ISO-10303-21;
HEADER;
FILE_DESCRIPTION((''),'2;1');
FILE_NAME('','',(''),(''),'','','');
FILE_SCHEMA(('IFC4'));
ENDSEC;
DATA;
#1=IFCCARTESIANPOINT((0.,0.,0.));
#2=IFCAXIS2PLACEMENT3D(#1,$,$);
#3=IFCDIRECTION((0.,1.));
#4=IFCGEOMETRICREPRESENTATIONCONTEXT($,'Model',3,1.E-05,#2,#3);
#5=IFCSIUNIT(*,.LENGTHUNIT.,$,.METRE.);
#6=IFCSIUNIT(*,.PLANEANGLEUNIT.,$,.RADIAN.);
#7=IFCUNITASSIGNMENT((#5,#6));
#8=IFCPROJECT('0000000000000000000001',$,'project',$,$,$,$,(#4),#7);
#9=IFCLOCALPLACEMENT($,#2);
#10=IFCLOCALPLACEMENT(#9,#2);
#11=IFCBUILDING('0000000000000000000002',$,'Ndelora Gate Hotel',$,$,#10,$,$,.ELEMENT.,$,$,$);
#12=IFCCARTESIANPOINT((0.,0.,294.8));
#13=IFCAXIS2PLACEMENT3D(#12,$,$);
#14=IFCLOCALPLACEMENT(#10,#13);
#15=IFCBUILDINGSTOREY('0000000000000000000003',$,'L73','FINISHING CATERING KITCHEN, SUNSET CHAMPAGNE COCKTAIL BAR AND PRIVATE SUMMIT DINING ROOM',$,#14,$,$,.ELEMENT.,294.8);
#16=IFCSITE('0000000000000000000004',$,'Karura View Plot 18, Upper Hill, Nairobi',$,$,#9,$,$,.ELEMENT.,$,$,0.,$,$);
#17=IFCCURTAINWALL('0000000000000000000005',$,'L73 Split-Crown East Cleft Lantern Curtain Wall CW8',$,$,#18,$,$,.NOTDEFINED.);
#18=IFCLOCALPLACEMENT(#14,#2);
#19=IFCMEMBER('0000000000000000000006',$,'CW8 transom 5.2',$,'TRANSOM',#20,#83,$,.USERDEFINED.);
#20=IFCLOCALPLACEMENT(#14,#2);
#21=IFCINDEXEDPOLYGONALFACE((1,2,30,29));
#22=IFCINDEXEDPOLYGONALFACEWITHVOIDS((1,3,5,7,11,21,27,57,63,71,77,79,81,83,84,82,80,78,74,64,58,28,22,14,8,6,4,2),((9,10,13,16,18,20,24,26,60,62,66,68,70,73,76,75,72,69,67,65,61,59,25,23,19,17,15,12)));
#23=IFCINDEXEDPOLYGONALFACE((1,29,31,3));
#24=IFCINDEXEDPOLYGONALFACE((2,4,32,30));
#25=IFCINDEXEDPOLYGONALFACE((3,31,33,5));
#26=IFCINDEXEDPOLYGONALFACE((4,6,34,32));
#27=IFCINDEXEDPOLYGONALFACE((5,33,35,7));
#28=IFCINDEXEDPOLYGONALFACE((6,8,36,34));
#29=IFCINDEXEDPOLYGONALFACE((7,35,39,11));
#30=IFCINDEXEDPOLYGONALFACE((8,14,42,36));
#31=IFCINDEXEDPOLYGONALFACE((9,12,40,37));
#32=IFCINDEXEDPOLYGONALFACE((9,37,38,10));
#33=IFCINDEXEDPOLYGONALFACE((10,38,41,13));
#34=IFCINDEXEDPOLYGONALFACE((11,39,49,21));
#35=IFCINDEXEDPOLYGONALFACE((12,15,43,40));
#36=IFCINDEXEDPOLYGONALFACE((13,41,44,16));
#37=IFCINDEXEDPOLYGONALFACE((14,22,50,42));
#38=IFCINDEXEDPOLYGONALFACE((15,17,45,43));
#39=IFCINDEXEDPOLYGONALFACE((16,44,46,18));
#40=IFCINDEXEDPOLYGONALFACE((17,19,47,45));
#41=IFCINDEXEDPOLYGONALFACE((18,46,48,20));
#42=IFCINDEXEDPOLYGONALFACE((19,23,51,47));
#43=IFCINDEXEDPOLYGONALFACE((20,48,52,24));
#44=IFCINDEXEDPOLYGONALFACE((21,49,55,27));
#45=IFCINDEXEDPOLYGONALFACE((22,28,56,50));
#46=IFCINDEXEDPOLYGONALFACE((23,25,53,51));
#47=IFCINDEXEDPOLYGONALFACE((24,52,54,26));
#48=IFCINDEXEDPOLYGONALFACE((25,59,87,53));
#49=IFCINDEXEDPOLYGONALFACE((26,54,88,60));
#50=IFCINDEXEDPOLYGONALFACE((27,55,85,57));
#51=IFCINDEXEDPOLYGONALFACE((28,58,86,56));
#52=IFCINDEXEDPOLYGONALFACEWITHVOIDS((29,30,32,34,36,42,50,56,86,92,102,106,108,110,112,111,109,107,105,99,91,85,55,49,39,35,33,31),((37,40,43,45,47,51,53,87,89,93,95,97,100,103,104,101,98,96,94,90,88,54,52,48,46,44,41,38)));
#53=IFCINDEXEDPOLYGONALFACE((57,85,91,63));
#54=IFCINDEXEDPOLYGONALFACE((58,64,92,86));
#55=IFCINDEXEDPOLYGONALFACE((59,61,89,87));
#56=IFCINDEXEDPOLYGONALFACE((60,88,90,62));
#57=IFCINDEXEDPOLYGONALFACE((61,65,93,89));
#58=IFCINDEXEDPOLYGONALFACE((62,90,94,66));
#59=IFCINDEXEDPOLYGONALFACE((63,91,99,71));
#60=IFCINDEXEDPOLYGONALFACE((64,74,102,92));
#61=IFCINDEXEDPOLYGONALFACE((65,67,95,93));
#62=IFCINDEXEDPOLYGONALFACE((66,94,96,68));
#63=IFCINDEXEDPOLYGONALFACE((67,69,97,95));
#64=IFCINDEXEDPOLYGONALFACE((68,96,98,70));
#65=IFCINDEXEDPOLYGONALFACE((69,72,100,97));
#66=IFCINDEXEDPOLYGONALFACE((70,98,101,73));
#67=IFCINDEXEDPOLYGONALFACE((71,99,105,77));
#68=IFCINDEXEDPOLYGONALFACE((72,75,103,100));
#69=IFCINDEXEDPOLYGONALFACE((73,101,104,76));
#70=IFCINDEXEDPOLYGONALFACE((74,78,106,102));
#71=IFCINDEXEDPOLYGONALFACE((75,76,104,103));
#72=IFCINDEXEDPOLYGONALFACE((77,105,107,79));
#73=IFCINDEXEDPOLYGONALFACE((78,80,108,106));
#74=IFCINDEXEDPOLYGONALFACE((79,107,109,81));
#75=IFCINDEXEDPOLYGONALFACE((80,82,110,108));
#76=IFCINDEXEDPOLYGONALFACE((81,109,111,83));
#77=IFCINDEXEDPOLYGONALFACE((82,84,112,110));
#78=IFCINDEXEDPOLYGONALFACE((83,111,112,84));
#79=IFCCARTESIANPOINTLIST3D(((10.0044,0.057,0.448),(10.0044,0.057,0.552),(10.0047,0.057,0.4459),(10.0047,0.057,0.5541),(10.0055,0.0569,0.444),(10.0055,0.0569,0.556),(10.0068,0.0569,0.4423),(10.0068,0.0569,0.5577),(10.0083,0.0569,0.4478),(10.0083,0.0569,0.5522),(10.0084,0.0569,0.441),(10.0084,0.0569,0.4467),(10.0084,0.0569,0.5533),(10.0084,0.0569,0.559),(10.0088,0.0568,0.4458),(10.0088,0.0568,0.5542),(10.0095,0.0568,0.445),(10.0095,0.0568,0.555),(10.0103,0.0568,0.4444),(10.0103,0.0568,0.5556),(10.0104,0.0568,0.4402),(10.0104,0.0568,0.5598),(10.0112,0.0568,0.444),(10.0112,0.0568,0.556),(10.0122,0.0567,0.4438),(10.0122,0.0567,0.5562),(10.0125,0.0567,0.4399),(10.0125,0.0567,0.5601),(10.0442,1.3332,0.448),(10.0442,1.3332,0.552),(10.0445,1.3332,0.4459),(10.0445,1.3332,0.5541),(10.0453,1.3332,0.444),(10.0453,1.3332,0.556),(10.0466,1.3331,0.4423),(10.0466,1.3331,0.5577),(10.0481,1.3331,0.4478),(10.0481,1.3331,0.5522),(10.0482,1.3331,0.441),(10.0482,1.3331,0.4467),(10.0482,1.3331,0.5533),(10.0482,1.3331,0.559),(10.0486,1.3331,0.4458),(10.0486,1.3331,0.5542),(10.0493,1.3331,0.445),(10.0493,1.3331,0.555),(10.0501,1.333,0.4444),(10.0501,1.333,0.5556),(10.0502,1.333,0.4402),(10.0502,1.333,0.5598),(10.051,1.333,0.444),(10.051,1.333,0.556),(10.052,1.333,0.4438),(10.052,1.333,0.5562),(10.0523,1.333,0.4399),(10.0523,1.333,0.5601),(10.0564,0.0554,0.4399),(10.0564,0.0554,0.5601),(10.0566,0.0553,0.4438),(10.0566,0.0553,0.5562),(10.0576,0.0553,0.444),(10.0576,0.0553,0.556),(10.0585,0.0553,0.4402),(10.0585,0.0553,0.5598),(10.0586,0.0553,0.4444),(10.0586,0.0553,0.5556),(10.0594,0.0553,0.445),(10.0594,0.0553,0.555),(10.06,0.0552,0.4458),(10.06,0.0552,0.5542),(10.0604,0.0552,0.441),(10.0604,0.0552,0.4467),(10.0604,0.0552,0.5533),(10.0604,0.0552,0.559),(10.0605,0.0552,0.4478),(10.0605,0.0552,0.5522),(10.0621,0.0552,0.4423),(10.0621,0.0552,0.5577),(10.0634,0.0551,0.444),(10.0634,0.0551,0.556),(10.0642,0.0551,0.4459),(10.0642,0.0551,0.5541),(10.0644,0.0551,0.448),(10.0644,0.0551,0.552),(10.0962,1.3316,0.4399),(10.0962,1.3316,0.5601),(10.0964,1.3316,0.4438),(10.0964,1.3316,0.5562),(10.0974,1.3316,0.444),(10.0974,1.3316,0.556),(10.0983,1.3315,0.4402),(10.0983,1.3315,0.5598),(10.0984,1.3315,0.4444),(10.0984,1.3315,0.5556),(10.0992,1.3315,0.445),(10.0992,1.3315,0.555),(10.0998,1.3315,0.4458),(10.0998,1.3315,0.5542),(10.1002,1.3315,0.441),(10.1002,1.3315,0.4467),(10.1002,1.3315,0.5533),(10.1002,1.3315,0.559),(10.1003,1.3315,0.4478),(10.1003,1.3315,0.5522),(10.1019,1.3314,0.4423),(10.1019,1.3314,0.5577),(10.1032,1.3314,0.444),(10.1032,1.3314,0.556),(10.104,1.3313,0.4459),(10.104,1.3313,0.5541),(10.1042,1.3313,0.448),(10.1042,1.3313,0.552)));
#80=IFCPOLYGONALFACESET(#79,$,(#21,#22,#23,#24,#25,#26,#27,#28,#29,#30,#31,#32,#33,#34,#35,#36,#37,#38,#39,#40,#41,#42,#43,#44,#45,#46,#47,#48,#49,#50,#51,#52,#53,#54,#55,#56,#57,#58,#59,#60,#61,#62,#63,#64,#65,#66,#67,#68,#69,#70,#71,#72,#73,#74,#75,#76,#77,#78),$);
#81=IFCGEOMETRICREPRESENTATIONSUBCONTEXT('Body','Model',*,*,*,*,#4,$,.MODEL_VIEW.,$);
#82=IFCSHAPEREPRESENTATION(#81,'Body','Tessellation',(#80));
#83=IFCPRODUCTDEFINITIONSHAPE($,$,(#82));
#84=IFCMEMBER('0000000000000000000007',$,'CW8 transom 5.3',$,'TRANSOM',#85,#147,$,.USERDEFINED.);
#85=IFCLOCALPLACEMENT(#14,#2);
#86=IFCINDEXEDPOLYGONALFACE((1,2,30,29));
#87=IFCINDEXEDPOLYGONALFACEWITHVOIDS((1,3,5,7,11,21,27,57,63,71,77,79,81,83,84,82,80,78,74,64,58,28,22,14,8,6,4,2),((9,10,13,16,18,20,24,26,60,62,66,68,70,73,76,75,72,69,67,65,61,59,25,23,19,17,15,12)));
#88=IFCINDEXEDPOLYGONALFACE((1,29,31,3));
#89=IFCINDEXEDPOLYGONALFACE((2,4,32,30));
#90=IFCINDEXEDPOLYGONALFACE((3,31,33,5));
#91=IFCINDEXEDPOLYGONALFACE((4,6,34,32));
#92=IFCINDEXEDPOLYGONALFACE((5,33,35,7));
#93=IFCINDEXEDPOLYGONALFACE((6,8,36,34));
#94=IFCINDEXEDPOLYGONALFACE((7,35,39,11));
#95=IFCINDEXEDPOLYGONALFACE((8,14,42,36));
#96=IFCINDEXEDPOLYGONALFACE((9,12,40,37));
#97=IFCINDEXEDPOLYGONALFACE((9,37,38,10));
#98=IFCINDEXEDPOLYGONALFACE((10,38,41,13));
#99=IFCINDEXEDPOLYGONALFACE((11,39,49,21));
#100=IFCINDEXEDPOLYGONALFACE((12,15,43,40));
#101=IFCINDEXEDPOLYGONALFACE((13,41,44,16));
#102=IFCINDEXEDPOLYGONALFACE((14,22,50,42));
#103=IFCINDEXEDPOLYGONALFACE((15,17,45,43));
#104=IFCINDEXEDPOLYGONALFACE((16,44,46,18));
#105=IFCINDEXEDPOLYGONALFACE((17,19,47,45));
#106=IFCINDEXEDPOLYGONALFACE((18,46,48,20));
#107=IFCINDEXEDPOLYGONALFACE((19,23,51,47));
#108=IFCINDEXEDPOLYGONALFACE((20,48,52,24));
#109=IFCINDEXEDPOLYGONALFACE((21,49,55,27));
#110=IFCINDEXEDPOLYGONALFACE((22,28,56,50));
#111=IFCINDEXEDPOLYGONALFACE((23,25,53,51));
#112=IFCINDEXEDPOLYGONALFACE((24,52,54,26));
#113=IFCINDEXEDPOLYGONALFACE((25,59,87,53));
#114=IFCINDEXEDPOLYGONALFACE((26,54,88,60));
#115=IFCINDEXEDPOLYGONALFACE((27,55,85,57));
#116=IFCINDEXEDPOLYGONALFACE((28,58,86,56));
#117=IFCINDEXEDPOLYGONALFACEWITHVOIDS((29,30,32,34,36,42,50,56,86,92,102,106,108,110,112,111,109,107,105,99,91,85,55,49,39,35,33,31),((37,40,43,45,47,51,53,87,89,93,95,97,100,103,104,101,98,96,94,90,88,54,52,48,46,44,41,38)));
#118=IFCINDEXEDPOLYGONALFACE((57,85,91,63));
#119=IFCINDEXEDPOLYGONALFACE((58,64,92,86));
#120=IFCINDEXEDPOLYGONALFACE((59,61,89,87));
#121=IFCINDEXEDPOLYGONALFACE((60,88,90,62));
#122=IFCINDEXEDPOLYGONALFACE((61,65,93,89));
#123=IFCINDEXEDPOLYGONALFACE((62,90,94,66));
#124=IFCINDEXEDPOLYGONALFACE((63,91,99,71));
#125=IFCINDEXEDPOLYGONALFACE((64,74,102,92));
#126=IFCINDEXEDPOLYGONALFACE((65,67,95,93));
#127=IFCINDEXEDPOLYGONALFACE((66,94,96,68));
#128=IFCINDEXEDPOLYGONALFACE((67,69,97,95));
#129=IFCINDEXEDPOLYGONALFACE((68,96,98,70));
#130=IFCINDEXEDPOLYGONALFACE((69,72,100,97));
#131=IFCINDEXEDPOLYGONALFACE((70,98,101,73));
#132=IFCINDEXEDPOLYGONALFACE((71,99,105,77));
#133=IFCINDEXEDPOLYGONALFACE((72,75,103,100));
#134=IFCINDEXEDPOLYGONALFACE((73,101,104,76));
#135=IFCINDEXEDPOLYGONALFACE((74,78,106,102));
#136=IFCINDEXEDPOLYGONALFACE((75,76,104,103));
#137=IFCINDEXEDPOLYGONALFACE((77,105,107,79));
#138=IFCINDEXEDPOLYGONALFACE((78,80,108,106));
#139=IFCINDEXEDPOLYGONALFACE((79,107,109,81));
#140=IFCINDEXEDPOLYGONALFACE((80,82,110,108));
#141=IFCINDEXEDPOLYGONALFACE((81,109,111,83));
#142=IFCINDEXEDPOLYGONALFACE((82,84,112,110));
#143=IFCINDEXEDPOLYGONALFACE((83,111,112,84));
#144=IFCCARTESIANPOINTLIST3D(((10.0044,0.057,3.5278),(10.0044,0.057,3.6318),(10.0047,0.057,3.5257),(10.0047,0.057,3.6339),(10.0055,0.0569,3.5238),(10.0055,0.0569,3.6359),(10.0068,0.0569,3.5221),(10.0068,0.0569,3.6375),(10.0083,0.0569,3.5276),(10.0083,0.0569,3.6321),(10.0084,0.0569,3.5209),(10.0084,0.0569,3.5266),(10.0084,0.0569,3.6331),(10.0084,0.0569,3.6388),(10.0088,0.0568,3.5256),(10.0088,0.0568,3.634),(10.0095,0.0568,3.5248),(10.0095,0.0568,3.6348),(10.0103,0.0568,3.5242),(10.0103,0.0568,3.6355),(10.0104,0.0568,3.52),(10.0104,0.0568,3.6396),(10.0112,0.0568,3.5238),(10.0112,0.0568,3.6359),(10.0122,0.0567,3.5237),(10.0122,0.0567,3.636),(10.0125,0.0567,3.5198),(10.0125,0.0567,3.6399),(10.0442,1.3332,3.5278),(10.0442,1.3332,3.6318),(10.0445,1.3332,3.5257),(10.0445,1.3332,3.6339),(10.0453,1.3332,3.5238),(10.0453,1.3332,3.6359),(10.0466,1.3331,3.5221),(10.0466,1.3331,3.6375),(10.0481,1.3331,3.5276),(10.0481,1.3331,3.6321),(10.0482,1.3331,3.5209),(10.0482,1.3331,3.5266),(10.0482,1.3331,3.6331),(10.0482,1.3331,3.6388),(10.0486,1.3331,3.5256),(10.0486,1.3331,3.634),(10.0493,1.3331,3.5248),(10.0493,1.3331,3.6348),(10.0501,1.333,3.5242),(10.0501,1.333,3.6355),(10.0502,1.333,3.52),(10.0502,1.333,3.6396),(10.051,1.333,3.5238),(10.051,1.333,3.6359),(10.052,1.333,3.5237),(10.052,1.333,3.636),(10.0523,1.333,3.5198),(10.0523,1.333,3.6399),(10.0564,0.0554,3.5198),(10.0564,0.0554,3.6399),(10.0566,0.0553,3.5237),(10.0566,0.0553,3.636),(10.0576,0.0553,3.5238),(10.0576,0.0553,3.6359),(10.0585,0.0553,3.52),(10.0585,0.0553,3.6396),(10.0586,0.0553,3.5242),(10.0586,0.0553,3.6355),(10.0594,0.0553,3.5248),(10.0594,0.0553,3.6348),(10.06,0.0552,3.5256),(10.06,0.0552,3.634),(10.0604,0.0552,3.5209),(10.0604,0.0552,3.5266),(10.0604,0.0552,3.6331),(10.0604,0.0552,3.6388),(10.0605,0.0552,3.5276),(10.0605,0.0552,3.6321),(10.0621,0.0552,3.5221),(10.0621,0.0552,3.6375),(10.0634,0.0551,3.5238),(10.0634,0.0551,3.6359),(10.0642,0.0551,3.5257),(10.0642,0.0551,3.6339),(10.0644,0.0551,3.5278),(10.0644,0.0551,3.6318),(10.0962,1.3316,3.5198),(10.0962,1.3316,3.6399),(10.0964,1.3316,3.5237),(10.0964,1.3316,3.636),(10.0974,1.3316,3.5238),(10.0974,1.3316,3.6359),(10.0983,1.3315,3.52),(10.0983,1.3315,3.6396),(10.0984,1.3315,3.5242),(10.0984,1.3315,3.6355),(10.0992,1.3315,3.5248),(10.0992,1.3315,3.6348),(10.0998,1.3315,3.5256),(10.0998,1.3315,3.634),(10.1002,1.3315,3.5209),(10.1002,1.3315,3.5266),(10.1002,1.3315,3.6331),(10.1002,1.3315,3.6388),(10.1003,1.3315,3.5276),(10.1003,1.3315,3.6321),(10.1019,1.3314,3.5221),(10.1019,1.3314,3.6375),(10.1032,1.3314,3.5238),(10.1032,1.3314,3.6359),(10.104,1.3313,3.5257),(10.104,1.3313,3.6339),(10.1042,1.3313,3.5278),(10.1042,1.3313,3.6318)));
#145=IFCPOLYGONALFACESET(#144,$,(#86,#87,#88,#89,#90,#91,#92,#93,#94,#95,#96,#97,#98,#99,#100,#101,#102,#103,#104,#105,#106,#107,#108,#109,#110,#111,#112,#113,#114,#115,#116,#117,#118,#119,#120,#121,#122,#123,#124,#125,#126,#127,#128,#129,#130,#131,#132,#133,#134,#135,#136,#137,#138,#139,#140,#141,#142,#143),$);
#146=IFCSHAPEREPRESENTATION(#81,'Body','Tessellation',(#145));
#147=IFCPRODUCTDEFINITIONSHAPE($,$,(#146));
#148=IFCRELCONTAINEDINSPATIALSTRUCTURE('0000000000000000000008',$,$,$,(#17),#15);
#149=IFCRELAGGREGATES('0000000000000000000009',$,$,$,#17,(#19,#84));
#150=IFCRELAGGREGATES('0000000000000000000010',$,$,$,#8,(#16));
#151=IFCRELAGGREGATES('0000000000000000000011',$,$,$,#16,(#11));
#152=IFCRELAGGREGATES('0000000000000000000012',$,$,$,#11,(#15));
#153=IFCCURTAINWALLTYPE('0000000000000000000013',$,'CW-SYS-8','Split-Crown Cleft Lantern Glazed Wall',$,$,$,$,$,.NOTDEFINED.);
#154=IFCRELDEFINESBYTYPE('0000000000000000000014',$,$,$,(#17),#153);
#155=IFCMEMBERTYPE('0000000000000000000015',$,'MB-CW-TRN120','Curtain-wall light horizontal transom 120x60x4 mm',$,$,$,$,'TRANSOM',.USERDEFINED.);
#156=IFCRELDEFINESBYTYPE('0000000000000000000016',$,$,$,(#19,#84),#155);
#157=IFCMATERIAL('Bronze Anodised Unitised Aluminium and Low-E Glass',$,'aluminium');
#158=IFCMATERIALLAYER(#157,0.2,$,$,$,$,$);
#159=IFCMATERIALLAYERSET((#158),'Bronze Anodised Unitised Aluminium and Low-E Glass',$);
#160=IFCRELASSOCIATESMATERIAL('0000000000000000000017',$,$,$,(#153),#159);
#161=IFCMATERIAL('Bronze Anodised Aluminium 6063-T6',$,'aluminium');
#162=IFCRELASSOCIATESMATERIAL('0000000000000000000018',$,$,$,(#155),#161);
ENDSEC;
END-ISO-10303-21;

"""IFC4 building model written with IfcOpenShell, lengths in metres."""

from ifc_helpers import new_model, si_unit, direction, frame, origin, origin_2d, place, context, subcontext, project, spatial, hollow_rectangle, extrude, material, layer, layer_set, material_profile, profile_set, type_object, element, aggregate, save


model = new_model("IFC4")

# Units and contexts
model_context = context("Model", 3, precision=1e-05, world=origin(), true_north=direction((0.0, 1.0)))
body_context = subcontext(model_context, "Body", "Model", "MODEL_VIEW")
ifc_project = project(units=[si_unit("LENGTHUNIT", "METRE"), si_unit("PLANEANGLEUNIT", "RADIAN")], contexts=[model_context])

# Site, building, storey
site_placement = place(None, origin())
site = spatial("IfcSite", under=ifc_project, at=site_placement, Name="Karura View Plot 18, Upper Hill, Nairobi", CompositionType="ELEMENT", RefElevation=0.0)
building_placement = place(site_placement, origin())
building = spatial("IfcBuilding", under=site, at=building_placement, Name="Ndelora Gate Hotel", CompositionType="ELEMENT")
storey_placement = place(building_placement, frame((0.0, 0.0, 294.8)))
storey = spatial("IfcBuildingStorey", under=building, at=storey_placement, Name="L73", Description="FINISHING CATERING KITCHEN, SUNSET CHAMPAGNE COCKTAIL BAR AND PRIVATE SUMMIT DINING ROOM", CompositionType="ELEMENT", Elevation=294.8)

# Curtain wall, members
ifc_material_1 = material(Name="Bronze Anodised Unitised Aluminium and Low-E Glass", Category="aluminium")
ifc_layer_1 = layer(ifc_material_1, 0.2)
ifc_layer_set_1 = layer_set([ifc_layer_1], Name="Bronze Anodised Unitised Aluminium and Low-E Glass")
curtain_wall_type = type_object("IfcCurtainWallType", Name="CW-SYS-8", Description="Split-Crown Cleft Lantern Glazed Wall", PredefinedType="NOTDEFINED", material=ifc_layer_set_1)
curtain_wall_placement = place(storey_placement, origin())
curtain_wall = element("IfcCurtainWall", 1, at=curtain_wall_placement, inside=storey, type_object=curtain_wall_type, Name="L73 Split-Crown East Cleft Lantern Curtain Wall CW8", PredefinedType="NOTDEFINED")
ifc_material_2 = material(Name="Bronze Anodised Aluminium 6063-T6", Category="aluminium")
ifc_material_profile_1 = material_profile(ifc_material_2, hollow_rectangle(XDim=0.0601, YDim=0.1201, WallThickness=0.0039, InnerFilletRadius=0.0039, OuterFilletRadius=0.0081, at=origin_2d()), Name="ALU 120x60x4")
ifc_profile_set_1 = profile_set([ifc_material_profile_1], Name="Bronze Anodised Aluminium 6063-T6")
member_type_1 = type_object("IfcMemberType", Name="MB-CW-TRN120", Description="Curtain-wall light horizontal transom 120x60x4 mm", ElementType="TRANSOM", PredefinedType="USERDEFINED", material=ifc_profile_set_1)
member_1_placement = place(storey_placement, frame((10.0742, 1.3323, 0.5), z_axis=(-0.031169, -0.999514, 0.0), x_axis=(0.999514, -0.031169, 0.0)))
member_1 = element("IfcMember", 2, at=member_1_placement, type_object=member_type_1, Name="CW8 transom 5.2", ObjectType="TRANSOM", PredefinedType="USERDEFINED", context=body_context, shape_type="SweptSolid", body=[
    extrude(hollow_rectangle(XDim=0.0601, YDim=0.1201, WallThickness=0.0039, InnerFilletRadius=0.0039, OuterFilletRadius=0.0081, at=origin_2d()), origin(), (0.0, 0.0, 1.0), 1.2769),
])
member_2_placement = place(storey_placement, frame((10.0742, 1.3323, 3.5798), z_axis=(-0.031169, -0.999514, 0.0), x_axis=(0.999514, -0.031169, 0.0)))
member_2 = element("IfcMember", 3, at=member_2_placement, type_object=member_type_1, Name="CW8 transom 5.3", ObjectType="TRANSOM", PredefinedType="USERDEFINED", context=body_context, shape_type="SweptSolid", body=[
    extrude(hollow_rectangle(XDim=0.0601, YDim=0.1201, WallThickness=0.0039, InnerFilletRadius=0.0039, OuterFilletRadius=0.0081, at=origin_2d()), origin(), (0.0, 0.0, 1.0), 1.2769),
])
aggregate(curtain_wall, [member_1, member_2])

save(model, "model.ifc")
